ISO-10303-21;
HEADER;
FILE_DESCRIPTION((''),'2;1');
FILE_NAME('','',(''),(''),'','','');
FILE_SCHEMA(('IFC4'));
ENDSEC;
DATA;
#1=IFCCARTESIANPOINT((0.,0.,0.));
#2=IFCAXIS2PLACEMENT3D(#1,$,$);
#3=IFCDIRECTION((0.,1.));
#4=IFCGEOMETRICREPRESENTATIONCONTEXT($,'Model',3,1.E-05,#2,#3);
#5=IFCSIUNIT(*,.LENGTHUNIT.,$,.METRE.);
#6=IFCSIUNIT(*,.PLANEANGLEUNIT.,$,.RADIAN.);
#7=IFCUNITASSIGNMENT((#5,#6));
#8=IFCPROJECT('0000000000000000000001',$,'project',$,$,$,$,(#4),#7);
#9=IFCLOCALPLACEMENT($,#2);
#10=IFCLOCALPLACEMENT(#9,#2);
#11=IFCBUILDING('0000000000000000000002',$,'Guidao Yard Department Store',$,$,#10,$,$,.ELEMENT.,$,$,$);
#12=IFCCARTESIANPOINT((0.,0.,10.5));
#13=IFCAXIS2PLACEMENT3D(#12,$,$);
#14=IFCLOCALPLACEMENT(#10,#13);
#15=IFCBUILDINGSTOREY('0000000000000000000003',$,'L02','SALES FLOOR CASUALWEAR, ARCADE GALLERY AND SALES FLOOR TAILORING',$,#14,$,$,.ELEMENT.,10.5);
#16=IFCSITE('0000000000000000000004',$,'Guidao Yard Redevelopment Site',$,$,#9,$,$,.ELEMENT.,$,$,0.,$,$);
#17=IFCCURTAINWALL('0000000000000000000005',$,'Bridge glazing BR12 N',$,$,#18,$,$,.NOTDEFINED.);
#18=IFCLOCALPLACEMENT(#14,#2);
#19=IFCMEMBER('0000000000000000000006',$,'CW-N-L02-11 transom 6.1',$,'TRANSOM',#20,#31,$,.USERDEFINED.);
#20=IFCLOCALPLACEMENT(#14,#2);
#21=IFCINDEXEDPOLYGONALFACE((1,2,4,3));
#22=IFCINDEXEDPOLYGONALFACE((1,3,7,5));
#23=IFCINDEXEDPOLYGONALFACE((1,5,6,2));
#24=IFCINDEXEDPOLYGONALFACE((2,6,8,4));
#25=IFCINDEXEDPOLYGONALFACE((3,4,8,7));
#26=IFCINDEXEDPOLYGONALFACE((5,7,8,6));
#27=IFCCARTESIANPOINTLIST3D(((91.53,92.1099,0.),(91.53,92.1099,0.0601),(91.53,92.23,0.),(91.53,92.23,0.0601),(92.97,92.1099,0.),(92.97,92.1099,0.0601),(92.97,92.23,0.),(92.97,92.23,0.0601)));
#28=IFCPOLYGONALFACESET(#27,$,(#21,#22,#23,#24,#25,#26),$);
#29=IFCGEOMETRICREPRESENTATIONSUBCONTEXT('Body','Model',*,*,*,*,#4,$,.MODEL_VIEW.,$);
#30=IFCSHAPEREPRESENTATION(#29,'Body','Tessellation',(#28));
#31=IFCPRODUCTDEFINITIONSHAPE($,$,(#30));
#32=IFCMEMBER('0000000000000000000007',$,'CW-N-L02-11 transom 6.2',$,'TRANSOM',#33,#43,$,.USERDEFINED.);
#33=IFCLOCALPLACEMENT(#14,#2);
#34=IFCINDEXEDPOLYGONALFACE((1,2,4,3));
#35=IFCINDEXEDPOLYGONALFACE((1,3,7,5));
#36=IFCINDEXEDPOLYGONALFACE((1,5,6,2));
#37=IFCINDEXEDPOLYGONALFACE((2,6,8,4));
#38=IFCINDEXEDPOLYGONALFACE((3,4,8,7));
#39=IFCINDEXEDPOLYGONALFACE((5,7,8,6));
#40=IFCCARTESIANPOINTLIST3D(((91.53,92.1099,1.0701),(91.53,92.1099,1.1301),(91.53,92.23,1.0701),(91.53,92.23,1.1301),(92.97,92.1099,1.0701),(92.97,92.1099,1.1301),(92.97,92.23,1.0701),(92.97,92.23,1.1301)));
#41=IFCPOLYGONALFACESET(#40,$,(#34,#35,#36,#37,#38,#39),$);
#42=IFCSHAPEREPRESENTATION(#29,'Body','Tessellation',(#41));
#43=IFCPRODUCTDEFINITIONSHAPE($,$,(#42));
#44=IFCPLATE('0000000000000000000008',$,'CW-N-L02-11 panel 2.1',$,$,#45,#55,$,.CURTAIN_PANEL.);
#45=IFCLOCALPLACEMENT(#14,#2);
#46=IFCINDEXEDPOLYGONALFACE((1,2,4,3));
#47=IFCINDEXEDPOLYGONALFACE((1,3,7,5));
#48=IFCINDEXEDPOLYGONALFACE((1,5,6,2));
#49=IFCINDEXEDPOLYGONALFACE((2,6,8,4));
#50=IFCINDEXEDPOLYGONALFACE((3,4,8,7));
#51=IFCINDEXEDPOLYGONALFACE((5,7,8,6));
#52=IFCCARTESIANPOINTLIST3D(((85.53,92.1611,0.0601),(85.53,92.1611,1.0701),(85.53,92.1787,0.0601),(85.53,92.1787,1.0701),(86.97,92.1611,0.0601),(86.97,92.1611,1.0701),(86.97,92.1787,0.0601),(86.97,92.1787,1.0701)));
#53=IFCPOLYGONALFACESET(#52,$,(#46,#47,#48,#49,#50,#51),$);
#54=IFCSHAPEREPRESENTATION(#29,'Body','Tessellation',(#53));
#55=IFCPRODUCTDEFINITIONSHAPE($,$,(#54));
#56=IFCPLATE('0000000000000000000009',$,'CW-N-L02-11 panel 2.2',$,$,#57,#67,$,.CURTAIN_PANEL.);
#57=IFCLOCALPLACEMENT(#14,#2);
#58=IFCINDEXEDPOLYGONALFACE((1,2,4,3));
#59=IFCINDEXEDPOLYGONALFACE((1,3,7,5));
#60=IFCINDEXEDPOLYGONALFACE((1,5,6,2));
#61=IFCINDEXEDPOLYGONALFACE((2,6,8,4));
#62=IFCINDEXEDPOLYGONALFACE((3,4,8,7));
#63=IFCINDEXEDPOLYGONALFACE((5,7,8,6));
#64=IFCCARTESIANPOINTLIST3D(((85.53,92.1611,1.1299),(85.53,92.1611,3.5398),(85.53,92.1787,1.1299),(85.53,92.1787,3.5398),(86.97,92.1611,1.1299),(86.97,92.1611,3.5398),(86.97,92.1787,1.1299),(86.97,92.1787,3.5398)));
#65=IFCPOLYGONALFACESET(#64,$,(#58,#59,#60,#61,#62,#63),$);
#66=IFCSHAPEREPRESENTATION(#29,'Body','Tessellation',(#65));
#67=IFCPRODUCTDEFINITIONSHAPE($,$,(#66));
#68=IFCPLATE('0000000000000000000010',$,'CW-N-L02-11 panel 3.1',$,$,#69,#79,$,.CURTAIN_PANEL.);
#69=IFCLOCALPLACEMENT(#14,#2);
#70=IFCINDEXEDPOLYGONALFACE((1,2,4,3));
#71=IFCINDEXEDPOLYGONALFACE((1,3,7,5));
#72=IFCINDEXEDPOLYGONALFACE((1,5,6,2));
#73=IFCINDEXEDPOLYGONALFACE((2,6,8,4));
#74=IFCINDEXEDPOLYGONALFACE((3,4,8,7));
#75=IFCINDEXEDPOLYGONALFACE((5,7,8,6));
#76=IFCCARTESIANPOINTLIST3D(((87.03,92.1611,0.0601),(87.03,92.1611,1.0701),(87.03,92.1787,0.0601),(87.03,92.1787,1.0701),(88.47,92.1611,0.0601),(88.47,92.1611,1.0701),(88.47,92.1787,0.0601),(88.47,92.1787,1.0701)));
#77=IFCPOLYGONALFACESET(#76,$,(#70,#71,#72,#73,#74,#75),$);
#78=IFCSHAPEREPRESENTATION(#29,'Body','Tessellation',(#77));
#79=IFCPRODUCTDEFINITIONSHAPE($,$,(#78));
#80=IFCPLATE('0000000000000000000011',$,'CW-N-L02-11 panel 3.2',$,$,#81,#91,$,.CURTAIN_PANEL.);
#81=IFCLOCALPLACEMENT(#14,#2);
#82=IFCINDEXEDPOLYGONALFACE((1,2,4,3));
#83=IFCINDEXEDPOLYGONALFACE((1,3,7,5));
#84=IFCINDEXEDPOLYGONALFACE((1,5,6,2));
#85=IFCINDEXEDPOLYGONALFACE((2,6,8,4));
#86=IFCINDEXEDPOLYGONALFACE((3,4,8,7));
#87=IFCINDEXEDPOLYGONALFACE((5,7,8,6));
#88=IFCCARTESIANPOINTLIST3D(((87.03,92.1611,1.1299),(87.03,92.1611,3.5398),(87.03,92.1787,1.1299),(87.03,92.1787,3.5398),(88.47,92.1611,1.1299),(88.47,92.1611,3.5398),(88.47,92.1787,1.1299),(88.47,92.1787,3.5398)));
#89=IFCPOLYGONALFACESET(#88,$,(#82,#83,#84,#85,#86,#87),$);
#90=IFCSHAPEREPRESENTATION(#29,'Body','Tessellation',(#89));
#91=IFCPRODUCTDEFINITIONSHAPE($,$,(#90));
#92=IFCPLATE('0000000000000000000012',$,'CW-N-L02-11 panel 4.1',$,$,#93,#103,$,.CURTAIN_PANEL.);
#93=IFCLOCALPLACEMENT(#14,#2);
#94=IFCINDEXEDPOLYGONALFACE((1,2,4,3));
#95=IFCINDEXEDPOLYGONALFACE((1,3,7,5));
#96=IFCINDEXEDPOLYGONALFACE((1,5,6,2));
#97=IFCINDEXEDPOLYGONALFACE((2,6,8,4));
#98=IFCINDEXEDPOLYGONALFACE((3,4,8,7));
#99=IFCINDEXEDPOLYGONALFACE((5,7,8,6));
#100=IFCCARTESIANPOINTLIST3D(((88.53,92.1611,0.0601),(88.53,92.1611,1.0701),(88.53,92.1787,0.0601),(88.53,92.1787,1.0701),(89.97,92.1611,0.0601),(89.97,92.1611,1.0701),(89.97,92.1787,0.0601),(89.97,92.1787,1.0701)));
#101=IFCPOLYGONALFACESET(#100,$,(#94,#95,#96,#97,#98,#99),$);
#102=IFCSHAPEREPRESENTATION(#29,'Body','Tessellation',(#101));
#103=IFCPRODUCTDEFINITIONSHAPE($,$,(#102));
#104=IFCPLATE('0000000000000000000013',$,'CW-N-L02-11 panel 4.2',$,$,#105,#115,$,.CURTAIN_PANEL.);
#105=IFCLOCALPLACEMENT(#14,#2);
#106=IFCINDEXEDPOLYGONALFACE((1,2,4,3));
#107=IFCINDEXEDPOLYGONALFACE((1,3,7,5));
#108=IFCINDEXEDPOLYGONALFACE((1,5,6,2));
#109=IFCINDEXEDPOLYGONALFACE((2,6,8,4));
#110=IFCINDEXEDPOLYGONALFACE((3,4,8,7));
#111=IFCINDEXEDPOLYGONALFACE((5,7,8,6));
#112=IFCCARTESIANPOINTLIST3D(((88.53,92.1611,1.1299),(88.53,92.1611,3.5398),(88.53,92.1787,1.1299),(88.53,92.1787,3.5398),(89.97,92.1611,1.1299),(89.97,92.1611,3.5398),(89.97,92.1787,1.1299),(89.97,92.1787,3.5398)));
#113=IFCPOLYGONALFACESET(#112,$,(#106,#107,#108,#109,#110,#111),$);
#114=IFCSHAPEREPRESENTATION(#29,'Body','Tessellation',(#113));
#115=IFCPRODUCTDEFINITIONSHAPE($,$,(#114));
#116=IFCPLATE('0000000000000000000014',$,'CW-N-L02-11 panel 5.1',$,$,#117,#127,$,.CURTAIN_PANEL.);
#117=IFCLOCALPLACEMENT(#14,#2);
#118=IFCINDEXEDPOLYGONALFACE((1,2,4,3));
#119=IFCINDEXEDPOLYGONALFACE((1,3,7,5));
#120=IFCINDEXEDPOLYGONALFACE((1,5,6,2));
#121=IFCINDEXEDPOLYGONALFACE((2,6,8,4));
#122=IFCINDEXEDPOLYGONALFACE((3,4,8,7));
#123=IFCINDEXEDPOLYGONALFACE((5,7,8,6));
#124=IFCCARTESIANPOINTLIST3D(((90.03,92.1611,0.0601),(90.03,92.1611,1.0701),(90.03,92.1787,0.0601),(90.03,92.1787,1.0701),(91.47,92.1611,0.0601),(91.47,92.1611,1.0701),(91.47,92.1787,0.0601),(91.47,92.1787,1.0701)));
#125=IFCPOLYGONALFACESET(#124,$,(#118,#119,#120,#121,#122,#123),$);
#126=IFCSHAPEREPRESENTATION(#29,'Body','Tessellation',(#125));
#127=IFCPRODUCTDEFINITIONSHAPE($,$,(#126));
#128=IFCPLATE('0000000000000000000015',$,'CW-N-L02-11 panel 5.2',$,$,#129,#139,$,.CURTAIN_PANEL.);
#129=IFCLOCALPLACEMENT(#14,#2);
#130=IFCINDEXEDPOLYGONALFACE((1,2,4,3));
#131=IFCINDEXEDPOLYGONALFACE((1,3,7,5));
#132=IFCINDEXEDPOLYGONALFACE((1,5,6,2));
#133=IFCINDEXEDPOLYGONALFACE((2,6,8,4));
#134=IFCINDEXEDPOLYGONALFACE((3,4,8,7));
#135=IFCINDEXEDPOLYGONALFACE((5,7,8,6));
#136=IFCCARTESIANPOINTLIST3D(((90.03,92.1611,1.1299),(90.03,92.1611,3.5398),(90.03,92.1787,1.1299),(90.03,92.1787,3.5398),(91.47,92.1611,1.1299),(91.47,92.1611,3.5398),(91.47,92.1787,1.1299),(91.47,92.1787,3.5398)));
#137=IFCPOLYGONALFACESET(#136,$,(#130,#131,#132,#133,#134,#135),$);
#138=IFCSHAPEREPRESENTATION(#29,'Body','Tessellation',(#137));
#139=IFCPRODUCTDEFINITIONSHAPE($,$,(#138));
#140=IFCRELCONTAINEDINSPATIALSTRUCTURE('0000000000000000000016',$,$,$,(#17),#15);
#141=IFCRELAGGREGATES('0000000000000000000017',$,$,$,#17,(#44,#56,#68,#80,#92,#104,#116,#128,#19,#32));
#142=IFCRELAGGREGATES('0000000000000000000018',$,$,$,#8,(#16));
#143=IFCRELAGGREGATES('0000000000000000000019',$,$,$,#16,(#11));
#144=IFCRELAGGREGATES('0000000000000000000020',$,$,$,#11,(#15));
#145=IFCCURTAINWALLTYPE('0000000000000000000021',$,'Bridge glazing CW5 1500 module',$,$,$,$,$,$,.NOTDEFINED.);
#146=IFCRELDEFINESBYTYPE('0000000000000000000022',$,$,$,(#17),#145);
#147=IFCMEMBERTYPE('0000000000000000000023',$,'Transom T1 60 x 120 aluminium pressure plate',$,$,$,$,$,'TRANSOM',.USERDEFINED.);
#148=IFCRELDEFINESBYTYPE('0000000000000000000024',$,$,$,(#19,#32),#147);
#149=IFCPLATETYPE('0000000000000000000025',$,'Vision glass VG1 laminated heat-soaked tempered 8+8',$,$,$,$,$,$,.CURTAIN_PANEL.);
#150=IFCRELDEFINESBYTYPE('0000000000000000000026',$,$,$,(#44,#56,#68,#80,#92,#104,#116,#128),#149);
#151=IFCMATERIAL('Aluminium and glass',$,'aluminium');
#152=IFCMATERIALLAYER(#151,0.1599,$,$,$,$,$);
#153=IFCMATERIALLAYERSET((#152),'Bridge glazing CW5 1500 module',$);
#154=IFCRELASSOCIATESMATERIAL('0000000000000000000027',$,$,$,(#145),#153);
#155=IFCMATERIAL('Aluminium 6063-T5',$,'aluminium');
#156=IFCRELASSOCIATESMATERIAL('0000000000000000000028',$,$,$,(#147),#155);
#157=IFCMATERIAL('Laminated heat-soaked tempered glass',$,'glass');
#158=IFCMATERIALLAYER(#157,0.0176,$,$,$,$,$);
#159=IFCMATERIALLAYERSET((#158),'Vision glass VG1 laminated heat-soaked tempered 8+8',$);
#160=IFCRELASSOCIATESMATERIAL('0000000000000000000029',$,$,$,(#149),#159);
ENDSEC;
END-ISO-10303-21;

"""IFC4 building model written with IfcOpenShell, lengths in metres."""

from ifc_helpers import new_model, si_unit, direction, frame, origin, origin_2d, place, context, subcontext, project, spatial, rectangle, extrude, material, layer, layer_set, material_profile, profile_set, type_object, element, aggregate, save


model = new_model("IFC4")

# Units and contexts
model_context = context("Model", 3, precision=1e-05, world=origin(), true_north=direction((0.0, 1.0)))
body_context = subcontext(model_context, "Body", "Model", "MODEL_VIEW")
ifc_project = project(units=[si_unit("LENGTHUNIT", "METRE"), si_unit("PLANEANGLEUNIT", "RADIAN")], contexts=[model_context])

# Site, building, storey
site_placement = place(None, origin())
site = spatial("IfcSite", under=ifc_project, at=site_placement, Name="Guidao Yard Redevelopment Site", CompositionType="ELEMENT", RefElevation=0.0)
building_placement = place(site_placement, origin())
building = spatial("IfcBuilding", under=site, at=building_placement, Name="Guidao Yard Department Store", CompositionType="ELEMENT")
storey_placement = place(building_placement, frame((0.0, 0.0, 10.5)))
storey = spatial("IfcBuildingStorey", under=building, at=storey_placement, Name="L02", Description="SALES FLOOR CASUALWEAR, ARCADE GALLERY AND SALES FLOOR TAILORING", CompositionType="ELEMENT", Elevation=10.5)

# Curtain wall, members, plates
ifc_material_1 = material(Name="Aluminium and glass", Category="aluminium")
ifc_layer_1 = layer(ifc_material_1, 0.1599)
ifc_layer_set_1 = layer_set([ifc_layer_1], Name="Bridge glazing CW5 1500 module")
curtain_wall_type = type_object("IfcCurtainWallType", Name="Bridge glazing CW5 1500 module", PredefinedType="NOTDEFINED", material=ifc_layer_set_1)
curtain_wall_placement = place(storey_placement, origin())
curtain_wall = element("IfcCurtainWall", 1, at=curtain_wall_placement, inside=storey, type_object=curtain_wall_type, Name="Bridge glazing BR12 N", PredefinedType="NOTDEFINED")
ifc_material_2 = material(Name="Aluminium 6063-T5", Category="aluminium")
ifc_material_profile_1 = material_profile(ifc_material_2, rectangle(XDim=0.1201, YDim=0.0601, at=origin_2d()), Name="Transom T1 60 x 120 aluminium pressure plate")
ifc_profile_set_1 = profile_set([ifc_material_profile_1], Name="Aluminium 6063-T5")
member_type_1 = type_object("IfcMemberType", Name="Transom T1 60 x 120 aluminium pressure plate", ElementType="TRANSOM", PredefinedType="USERDEFINED", material=ifc_profile_set_1)
member_1_placement = place(storey_placement, frame((91.53, 92.1699, 0.03), z_axis=(1.0, 0.0, 0.0), x_axis=(0.0, 1.0, 0.0)))
member_1 = element("IfcMember", 2, at=member_1_placement, type_object=member_type_1, Name="CW-N-L02-11 transom 6.1", ObjectType="TRANSOM", PredefinedType="USERDEFINED", context=body_context, shape_type="SweptSolid", body=[
    extrude(rectangle(XDim=0.1201, YDim=0.0601, at=origin_2d()), origin(), (0.0, 0.0, 1.0), 1.4399),
])
member_2_placement = place(storey_placement, frame((91.53, 92.1699, 1.1001), z_axis=(1.0, 0.0, 0.0), x_axis=(0.0, 1.0, 0.0)))
member_2 = element("IfcMember", 3, at=member_2_placement, type_object=member_type_1, Name="CW-N-L02-11 transom 6.2", ObjectType="TRANSOM", PredefinedType="USERDEFINED", context=body_context, shape_type="SweptSolid", body=[
    extrude(rectangle(XDim=0.1201, YDim=0.0601, at=origin_2d()), origin(), (0.0, 0.0, 1.0), 1.4399),
])
ifc_material_3 = material(Name="Laminated heat-soaked tempered glass", Category="glass")
ifc_layer_2 = layer(ifc_material_3, 0.0176)
ifc_layer_set_2 = layer_set([ifc_layer_2], Name="Vision glass VG1 laminated heat-soaked tempered 8+8")
plate_type = type_object("IfcPlateType", Name="Vision glass VG1 laminated heat-soaked tempered 8+8", PredefinedType="CURTAIN_PANEL", material=ifc_layer_set_2)
plate_1_placement = place(storey_placement, frame((86.25, 92.1699, 0.0601), z_axis=(0.0, 0.0, 1.0), x_axis=(1.0, 0.0, 0.0)))
plate_1 = element("IfcPlate", 4, at=plate_1_placement, type_object=plate_type, Name="CW-N-L02-11 panel 2.1", PredefinedType="CURTAIN_PANEL", context=body_context, shape_type="SweptSolid", body=[
    extrude(rectangle(XDim=1.4399, YDim=0.0176, at=origin_2d()), origin(), (0.0, 0.0, 1.0), 1.01),
])
plate_2_placement = place(storey_placement, frame((86.25, 92.1699, 1.1299), z_axis=(0.0, 0.0, 1.0), x_axis=(1.0, 0.0, 0.0)))
plate_2 = element("IfcPlate", 5, at=plate_2_placement, type_object=plate_type, Name="CW-N-L02-11 panel 2.2", PredefinedType="CURTAIN_PANEL", context=body_context, shape_type="SweptSolid", body=[
    extrude(rectangle(XDim=1.4399, YDim=0.0176, at=origin_2d()), origin(), (0.0, 0.0, 1.0), 2.4099),
])
plate_3_placement = place(storey_placement, frame((87.75, 92.1699, 0.0601), z_axis=(0.0, 0.0, 1.0), x_axis=(1.0, 0.0, 0.0)))
plate_3 = element("IfcPlate", 6, at=plate_3_placement, type_object=plate_type, Name="CW-N-L02-11 panel 3.1", PredefinedType="CURTAIN_PANEL", context=body_context, shape_type="SweptSolid", body=[
    extrude(rectangle(XDim=1.4399, YDim=0.0176, at=origin_2d()), origin(), (0.0, 0.0, 1.0), 1.01),
])
plate_4_placement = place(storey_placement, frame((87.75, 92.1699, 1.1299), z_axis=(0.0, 0.0, 1.0), x_axis=(1.0, 0.0, 0.0)))
plate_4 = element("IfcPlate", 7, at=plate_4_placement, type_object=plate_type, Name="CW-N-L02-11 panel 3.2", PredefinedType="CURTAIN_PANEL", context=body_context, shape_type="SweptSolid", body=[
    extrude(rectangle(XDim=1.4399, YDim=0.0176, at=origin_2d()), origin(), (0.0, 0.0, 1.0), 2.4099),
])
plate_5_placement = place(storey_placement, frame((89.25, 92.1699, 0.0601), z_axis=(0.0, 0.0, 1.0), x_axis=(1.0, 0.0, 0.0)))
plate_5 = element("IfcPlate", 8, at=plate_5_placement, type_object=plate_type, Name="CW-N-L02-11 panel 4.1", PredefinedType="CURTAIN_PANEL", context=body_context, shape_type="SweptSolid", body=[
    extrude(rectangle(XDim=1.4399, YDim=0.0176, at=origin_2d()), origin(), (0.0, 0.0, 1.0), 1.01),
])
plate_6_placement = place(storey_placement, frame((89.25, 92.1699, 1.1299), z_axis=(0.0, 0.0, 1.0), x_axis=(1.0, 0.0, 0.0)))
plate_6 = element("IfcPlate", 9, at=plate_6_placement, type_object=plate_type, Name="CW-N-L02-11 panel 4.2", PredefinedType="CURTAIN_PANEL", context=body_context, shape_type="SweptSolid", body=[
    extrude(rectangle(XDim=1.4399, YDim=0.0176, at=origin_2d()), origin(), (0.0, 0.0, 1.0), 2.4099),
])
plate_7_placement = place(storey_placement, frame((90.75, 92.1699, 0.0601), z_axis=(0.0, 0.0, 1.0), x_axis=(1.0, 0.0, 0.0)))
plate_7 = element("IfcPlate", 10, at=plate_7_placement, type_object=plate_type, Name="CW-N-L02-11 panel 5.1", PredefinedType="CURTAIN_PANEL", context=body_context, shape_type="SweptSolid", body=[
    extrude(rectangle(XDim=1.4399, YDim=0.0176, at=origin_2d()), origin(), (0.0, 0.0, 1.0), 1.01),
])
plate_8_placement = place(storey_placement, frame((90.75, 92.1699, 1.1299), z_axis=(0.0, 0.0, 1.0), x_axis=(1.0, 0.0, 0.0)))
plate_8 = element("IfcPlate", 11, at=plate_8_placement, type_object=plate_type, Name="CW-N-L02-11 panel 5.2", PredefinedType="CURTAIN_PANEL", context=body_context, shape_type="SweptSolid", body=[
    extrude(rectangle(XDim=1.4399, YDim=0.0176, at=origin_2d()), origin(), (0.0, 0.0, 1.0), 2.4099),
])
aggregate(curtain_wall, [plate_1, plate_2, plate_3, plate_4, plate_5, plate_6, plate_7, plate_8, member_1, member_2])

save(model, "model.ifc")
